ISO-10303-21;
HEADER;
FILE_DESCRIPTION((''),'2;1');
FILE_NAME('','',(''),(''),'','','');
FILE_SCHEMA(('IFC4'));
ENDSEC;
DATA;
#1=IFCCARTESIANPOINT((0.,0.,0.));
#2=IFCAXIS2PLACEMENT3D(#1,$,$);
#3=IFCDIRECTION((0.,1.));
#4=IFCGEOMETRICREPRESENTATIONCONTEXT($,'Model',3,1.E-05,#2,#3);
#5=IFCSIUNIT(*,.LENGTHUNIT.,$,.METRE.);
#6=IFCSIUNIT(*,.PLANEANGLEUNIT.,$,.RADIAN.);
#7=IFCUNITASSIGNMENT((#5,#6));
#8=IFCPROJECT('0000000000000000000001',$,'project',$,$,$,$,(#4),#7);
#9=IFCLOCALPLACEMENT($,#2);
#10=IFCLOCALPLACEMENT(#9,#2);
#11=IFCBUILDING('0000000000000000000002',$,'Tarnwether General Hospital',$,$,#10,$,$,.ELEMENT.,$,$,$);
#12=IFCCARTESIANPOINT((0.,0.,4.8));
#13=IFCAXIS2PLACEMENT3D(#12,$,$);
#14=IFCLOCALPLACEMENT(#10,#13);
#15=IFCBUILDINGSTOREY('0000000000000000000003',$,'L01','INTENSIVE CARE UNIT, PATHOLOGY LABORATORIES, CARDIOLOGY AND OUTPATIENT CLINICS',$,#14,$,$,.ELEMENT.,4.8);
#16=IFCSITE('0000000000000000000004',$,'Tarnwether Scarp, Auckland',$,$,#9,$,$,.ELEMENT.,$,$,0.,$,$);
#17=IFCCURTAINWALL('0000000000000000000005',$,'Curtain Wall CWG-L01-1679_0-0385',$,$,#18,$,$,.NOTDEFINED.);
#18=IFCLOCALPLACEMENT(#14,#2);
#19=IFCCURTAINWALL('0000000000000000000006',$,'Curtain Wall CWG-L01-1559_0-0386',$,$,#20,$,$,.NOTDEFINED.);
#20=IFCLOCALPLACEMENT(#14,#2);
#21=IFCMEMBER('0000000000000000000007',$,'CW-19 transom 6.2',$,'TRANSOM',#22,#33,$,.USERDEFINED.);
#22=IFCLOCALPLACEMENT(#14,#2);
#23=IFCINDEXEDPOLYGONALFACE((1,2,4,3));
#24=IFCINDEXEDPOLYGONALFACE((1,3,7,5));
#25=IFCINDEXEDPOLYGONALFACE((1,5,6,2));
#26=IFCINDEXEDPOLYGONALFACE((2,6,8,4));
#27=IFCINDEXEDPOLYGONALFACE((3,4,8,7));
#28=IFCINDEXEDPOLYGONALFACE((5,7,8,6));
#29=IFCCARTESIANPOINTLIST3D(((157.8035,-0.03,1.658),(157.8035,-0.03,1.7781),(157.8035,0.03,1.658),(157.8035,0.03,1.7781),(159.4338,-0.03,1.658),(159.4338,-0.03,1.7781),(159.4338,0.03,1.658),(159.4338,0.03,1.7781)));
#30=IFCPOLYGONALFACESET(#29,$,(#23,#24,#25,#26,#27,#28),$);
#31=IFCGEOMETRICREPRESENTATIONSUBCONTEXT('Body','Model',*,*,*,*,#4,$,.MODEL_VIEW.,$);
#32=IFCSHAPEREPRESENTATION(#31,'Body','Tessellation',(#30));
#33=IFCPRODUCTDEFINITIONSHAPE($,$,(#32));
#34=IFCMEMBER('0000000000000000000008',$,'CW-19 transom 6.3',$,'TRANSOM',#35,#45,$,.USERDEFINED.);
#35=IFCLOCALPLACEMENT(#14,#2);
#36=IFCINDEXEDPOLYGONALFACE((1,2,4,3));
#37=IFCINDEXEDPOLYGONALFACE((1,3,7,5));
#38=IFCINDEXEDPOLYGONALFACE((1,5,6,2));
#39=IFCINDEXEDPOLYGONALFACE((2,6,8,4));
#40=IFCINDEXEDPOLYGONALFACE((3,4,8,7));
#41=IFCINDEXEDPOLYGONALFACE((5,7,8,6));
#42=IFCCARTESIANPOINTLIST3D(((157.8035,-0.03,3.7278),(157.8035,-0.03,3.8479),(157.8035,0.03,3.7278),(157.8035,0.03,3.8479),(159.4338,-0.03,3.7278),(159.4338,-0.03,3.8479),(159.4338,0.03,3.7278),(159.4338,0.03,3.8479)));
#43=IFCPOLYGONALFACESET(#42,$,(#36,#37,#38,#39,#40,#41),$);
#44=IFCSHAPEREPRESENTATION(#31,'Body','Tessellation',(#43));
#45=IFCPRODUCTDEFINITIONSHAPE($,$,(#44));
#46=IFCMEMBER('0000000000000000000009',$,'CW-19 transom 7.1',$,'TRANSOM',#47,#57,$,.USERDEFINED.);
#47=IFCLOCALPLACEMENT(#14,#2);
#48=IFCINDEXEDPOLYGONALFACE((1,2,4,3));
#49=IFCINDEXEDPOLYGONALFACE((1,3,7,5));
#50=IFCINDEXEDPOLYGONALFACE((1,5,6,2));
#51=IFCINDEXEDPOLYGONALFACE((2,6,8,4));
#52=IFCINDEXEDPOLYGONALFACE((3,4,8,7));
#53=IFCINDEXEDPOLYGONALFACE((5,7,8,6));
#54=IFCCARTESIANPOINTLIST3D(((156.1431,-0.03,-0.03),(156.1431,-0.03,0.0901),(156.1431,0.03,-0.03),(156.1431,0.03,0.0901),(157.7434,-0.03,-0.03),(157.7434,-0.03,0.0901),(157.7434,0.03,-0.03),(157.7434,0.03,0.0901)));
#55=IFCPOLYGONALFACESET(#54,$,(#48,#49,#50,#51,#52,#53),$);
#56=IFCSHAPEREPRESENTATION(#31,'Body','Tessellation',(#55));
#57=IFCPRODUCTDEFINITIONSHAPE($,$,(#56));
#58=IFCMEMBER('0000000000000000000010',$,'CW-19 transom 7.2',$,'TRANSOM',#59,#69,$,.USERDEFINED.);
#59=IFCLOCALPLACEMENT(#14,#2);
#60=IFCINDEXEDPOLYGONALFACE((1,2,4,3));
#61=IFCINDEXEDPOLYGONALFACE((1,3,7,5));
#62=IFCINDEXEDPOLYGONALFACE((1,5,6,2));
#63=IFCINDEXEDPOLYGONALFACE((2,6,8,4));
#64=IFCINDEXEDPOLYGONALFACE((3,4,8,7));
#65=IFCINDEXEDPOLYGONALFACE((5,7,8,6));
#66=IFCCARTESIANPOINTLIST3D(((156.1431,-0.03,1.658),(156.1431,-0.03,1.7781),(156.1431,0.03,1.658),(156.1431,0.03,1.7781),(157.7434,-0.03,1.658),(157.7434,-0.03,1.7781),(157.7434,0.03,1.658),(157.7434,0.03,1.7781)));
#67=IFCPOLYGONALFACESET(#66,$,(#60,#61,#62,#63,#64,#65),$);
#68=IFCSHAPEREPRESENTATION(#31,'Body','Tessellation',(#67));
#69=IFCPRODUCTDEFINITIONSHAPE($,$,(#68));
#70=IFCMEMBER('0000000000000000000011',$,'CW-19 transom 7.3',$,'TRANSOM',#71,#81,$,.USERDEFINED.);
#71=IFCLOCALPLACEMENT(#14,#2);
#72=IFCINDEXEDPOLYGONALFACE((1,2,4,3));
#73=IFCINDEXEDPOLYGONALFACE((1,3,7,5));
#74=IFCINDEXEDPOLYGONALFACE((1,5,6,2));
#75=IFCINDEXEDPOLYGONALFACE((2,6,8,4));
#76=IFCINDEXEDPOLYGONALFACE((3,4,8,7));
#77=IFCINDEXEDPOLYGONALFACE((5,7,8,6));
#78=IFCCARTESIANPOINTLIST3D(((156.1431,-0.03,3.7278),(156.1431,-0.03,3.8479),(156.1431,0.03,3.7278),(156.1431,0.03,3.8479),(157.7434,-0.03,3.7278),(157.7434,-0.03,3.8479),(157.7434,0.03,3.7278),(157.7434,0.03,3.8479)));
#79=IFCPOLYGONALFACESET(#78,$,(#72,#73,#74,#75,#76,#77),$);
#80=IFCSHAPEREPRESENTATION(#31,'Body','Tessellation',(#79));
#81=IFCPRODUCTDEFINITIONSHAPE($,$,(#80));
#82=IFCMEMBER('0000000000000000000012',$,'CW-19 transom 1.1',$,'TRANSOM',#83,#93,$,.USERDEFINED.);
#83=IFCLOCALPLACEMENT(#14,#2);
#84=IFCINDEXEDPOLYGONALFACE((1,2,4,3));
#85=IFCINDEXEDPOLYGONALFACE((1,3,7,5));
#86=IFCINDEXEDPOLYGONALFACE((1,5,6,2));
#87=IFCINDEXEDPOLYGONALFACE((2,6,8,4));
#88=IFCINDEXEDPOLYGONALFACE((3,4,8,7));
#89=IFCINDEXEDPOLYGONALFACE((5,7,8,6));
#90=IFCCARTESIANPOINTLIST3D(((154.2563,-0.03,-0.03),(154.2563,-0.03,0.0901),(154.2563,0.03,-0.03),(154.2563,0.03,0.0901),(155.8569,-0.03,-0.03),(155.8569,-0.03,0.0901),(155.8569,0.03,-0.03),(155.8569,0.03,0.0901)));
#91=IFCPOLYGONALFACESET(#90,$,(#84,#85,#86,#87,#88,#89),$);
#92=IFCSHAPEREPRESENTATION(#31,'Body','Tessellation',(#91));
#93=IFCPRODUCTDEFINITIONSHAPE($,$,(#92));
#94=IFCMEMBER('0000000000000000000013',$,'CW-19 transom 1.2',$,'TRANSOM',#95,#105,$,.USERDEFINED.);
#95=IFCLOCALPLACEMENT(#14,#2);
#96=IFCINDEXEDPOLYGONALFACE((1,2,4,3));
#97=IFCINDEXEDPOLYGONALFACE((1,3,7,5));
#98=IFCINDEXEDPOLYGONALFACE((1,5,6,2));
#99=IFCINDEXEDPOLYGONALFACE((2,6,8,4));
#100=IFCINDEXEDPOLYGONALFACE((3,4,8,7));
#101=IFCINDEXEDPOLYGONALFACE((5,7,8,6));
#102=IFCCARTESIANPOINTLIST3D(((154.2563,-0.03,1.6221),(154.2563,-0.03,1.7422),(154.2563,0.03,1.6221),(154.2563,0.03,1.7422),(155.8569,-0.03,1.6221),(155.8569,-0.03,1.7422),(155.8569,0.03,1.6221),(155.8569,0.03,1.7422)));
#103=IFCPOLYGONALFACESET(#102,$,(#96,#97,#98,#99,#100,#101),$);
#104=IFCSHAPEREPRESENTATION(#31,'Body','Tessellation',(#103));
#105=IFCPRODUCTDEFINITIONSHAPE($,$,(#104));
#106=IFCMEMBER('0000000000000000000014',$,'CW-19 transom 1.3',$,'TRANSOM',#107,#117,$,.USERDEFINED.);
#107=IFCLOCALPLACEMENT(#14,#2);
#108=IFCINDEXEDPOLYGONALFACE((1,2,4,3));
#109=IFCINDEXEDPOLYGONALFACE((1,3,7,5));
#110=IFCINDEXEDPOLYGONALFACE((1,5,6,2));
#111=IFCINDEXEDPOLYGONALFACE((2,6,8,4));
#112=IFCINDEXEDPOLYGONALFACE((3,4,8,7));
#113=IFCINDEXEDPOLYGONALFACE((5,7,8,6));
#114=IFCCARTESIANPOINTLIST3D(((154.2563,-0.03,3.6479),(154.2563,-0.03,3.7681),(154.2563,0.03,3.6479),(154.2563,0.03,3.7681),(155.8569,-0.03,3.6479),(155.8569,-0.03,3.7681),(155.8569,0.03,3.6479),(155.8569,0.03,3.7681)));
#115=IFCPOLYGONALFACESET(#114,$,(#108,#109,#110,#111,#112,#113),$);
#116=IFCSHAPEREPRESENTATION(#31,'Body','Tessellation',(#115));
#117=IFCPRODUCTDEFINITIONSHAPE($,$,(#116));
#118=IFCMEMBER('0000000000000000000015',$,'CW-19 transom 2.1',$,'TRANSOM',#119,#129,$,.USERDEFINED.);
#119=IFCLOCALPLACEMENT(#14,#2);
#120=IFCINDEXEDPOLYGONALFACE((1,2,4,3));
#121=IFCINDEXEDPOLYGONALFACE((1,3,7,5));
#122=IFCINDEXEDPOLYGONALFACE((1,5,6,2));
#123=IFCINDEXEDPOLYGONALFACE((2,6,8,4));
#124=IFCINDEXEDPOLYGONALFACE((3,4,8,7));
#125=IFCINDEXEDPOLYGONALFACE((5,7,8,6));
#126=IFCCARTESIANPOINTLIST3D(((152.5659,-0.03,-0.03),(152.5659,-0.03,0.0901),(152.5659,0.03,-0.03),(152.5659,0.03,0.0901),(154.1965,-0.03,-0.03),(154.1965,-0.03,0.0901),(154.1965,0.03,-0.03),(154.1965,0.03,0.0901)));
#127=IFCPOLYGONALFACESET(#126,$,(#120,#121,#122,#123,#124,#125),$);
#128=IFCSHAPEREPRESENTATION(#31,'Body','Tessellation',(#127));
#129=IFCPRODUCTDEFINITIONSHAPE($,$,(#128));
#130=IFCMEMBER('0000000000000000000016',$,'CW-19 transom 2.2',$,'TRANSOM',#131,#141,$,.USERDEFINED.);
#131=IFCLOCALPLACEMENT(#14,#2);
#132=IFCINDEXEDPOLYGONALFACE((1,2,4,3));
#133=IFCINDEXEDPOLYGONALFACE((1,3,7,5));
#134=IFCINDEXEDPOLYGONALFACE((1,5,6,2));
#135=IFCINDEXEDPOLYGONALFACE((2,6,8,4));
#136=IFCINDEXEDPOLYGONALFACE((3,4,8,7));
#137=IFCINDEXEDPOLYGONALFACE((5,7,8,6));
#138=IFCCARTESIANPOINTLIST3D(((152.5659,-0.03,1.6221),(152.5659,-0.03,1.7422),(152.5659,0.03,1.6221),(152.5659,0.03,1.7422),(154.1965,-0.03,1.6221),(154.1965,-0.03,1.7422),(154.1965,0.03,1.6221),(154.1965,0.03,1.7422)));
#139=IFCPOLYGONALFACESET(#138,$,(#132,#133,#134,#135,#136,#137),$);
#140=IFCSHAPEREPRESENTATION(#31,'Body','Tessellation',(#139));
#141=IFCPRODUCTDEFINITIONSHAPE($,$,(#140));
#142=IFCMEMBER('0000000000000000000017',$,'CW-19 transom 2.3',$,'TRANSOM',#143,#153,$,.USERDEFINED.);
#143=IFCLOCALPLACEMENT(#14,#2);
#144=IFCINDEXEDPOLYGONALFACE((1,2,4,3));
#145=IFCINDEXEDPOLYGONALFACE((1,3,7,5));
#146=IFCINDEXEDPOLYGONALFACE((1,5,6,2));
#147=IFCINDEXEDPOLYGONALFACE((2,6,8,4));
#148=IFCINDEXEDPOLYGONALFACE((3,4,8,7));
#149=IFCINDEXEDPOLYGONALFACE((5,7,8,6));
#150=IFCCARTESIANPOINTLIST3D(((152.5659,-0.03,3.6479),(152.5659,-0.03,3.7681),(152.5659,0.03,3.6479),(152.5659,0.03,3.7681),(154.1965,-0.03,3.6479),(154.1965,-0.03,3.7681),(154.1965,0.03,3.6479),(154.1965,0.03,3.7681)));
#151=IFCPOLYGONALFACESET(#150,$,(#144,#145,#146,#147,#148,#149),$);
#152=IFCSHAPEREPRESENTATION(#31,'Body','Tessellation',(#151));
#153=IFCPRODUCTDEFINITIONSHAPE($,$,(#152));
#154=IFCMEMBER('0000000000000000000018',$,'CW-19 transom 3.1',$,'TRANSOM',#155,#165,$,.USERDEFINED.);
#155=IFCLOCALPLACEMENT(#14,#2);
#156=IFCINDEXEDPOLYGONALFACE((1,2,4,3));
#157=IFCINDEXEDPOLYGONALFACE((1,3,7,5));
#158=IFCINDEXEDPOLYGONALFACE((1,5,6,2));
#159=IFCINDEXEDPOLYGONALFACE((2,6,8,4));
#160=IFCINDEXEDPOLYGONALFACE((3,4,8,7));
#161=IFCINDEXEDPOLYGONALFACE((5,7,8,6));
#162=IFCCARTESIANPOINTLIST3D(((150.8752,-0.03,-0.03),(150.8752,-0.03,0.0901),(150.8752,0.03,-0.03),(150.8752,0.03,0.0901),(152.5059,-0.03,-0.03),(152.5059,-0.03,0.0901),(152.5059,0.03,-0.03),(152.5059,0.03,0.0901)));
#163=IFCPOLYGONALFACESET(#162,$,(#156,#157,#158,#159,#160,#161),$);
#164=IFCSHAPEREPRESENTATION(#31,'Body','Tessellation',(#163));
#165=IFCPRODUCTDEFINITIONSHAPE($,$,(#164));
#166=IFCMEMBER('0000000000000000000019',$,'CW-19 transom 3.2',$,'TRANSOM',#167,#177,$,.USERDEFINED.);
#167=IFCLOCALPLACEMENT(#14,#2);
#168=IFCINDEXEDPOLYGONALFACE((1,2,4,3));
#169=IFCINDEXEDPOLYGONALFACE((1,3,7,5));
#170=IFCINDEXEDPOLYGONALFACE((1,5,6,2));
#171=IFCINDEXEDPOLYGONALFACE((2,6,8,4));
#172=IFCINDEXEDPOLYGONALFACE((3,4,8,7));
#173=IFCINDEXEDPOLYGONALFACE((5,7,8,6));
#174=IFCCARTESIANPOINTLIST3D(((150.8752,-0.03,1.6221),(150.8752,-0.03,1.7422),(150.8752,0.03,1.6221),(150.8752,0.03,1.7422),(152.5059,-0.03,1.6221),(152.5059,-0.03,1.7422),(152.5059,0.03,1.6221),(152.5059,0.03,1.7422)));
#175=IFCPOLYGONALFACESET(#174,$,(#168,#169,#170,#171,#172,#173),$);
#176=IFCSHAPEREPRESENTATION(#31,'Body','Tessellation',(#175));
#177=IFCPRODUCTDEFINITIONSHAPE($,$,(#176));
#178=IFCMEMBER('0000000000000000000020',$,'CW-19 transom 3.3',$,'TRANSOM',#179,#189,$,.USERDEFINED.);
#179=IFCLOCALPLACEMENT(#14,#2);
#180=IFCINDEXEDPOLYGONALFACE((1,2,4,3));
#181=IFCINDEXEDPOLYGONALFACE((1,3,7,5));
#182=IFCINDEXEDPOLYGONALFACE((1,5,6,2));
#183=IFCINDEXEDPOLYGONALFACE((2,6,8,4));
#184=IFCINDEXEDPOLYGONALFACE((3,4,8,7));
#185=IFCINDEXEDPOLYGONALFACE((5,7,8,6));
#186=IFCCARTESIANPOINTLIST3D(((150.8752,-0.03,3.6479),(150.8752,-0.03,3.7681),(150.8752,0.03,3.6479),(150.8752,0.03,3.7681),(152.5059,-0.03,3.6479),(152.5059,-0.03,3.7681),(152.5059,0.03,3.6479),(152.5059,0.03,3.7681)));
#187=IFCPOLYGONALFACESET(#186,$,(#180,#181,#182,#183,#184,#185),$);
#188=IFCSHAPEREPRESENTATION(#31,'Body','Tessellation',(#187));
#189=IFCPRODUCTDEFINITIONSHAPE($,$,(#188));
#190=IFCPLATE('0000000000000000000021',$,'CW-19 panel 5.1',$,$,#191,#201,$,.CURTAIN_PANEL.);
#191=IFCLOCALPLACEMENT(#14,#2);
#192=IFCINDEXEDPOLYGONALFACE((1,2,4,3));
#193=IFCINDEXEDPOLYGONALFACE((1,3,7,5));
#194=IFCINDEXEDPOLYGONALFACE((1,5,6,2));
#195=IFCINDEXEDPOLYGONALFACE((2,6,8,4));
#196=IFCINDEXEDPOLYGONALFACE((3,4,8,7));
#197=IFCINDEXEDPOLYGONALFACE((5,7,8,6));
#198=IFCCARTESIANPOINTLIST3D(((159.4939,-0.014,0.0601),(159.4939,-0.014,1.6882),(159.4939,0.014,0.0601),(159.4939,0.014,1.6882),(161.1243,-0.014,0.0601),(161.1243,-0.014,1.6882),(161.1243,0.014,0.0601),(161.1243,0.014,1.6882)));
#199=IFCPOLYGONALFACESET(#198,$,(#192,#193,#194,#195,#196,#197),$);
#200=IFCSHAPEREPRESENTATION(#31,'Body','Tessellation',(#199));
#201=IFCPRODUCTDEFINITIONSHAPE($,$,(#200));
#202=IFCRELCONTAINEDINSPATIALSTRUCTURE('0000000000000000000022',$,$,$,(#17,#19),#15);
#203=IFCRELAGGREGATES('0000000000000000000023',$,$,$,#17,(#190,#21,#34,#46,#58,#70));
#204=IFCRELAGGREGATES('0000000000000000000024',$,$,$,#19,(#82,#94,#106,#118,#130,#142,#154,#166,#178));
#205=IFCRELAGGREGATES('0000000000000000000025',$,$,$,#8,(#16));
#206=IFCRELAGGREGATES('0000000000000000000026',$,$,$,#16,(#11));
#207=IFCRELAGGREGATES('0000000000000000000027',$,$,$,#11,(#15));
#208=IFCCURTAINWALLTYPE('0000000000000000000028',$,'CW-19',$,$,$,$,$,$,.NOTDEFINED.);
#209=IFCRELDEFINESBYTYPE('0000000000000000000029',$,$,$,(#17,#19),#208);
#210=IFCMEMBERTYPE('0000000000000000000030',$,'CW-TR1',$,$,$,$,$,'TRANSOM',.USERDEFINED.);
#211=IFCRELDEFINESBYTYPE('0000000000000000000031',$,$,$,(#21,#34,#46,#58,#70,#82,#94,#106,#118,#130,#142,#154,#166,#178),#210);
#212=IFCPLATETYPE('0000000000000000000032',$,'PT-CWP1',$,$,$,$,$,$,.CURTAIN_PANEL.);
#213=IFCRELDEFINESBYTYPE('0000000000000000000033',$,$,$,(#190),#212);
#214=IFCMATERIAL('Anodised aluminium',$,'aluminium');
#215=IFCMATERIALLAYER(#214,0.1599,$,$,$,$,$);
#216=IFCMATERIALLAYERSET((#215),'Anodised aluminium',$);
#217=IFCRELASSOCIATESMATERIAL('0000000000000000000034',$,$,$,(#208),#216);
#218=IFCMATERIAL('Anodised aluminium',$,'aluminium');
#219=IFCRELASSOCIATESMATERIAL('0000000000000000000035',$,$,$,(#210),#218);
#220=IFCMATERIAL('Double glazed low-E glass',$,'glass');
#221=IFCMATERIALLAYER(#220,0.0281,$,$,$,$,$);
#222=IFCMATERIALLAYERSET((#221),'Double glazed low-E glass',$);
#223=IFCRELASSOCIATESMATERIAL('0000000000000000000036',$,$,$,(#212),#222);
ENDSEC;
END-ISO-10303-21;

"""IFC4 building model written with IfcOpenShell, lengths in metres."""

from ifc_helpers import new_model, si_unit, direction, frame, origin, origin_2d, place, context, subcontext, project, spatial, rectangle, extrude, material, layer, layer_set, material_profile, profile_set, type_object, element, aggregate, save


model = new_model("IFC4")

# Units and contexts
model_context = context("Model", 3, precision=1e-05, world=origin(), true_north=direction((0.0, 1.0)))
body_context = subcontext(model_context, "Body", "Model", "MODEL_VIEW")
ifc_project = project(units=[si_unit("LENGTHUNIT", "METRE"), si_unit("PLANEANGLEUNIT", "RADIAN")], contexts=[model_context])

# Site, building, storey
site_placement = place(None, origin())
site = spatial("IfcSite", under=ifc_project, at=site_placement, Name="Tarnwether Scarp, Auckland", CompositionType="ELEMENT", RefElevation=0.0)
building_placement = place(site_placement, origin())
building = spatial("IfcBuilding", under=site, at=building_placement, Name="Tarnwether General Hospital", CompositionType="ELEMENT")
storey_placement = place(building_placement, frame((0.0, 0.0, 4.8)))
storey = spatial("IfcBuildingStorey", under=building, at=storey_placement, Name="L01", Description="INTENSIVE CARE UNIT, PATHOLOGY LABORATORIES, CARDIOLOGY AND OUTPATIENT CLINICS", CompositionType="ELEMENT", Elevation=4.8)

# Curtain walls
ifc_material_1 = material(Name="Anodised aluminium", Category="aluminium")
ifc_layer_1 = layer(ifc_material_1, 0.1599)
ifc_layer_set_1 = layer_set([ifc_layer_1], Name="Anodised aluminium")
curtain_wall_type = type_object("IfcCurtainWallType", Name="CW-19", PredefinedType="NOTDEFINED", material=ifc_layer_set_1)
curtain_wall_1_placement = place(storey_placement, origin())
curtain_wall_1 = element("IfcCurtainWall", 1, at=curtain_wall_1_placement, inside=storey, type_object=curtain_wall_type, Name="Curtain Wall CWG-L01-1679_0-0385", PredefinedType="NOTDEFINED")
curtain_wall_2_placement = place(storey_placement, origin())
curtain_wall_2 = element("IfcCurtainWall", 2, at=curtain_wall_2_placement, inside=storey, type_object=curtain_wall_type, Name="Curtain Wall CWG-L01-1559_0-0386", PredefinedType="NOTDEFINED")

# Members
ifc_material_2 = material(Name="Anodised aluminium", Category="aluminium")
ifc_material_profile_1 = material_profile(ifc_material_2, rectangle(XDim=0.0601, YDim=0.1201, at=origin_2d()), Name="ALU-TRN-60x120")
ifc_profile_set_1 = profile_set([ifc_material_profile_1], Name="Anodised aluminium")
member_type_1 = type_object("IfcMemberType", Name="CW-TR1", ElementType="TRANSOM", PredefinedType="USERDEFINED", material=ifc_profile_set_1)
member_1_placement = place(storey_placement, frame((159.4338, 0.0, 1.718), z_axis=(-1.0, 0.0, 0.0), x_axis=(0.0, -1.0, 0.0)))
member_1 = element("IfcMember", 3, at=member_1_placement, type_object=member_type_1, Name="CW-19 transom 6.2", ObjectType="TRANSOM", PredefinedType="USERDEFINED", context=body_context, shape_type="SweptSolid", body=[
    extrude(rectangle(XDim=0.0601, YDim=0.1201, at=origin_2d()), origin(), (0.0, 0.0, 1.0), 1.6304),
])
member_2_placement = place(storey_placement, frame((159.4338, 0.0, 3.7878), z_axis=(-1.0, 0.0, 0.0), x_axis=(0.0, -1.0, 0.0)))
member_2 = element("IfcMember", 4, at=member_2_placement, type_object=member_type_1, Name="CW-19 transom 6.3", ObjectType="TRANSOM", PredefinedType="USERDEFINED", context=body_context, shape_type="SweptSolid", body=[
    extrude(rectangle(XDim=0.0601, YDim=0.1201, at=origin_2d()), origin(), (0.0, 0.0, 1.0), 1.6304),
])
member_3_placement = place(storey_placement, frame((157.7434, 0.0, 0.03), z_axis=(-1.0, 0.0, 0.0), x_axis=(0.0, -1.0, 0.0)))
member_3 = element("IfcMember", 5, at=member_3_placement, type_object=member_type_1, Name="CW-19 transom 7.1", ObjectType="TRANSOM", PredefinedType="USERDEFINED", context=body_context, shape_type="SweptSolid", body=[
    extrude(rectangle(XDim=0.0601, YDim=0.1201, at=origin_2d()), origin(), (0.0, 0.0, 1.0), 1.6003),
])
member_4_placement = place(storey_placement, frame((157.7434, 0.0, 1.718), z_axis=(-1.0, 0.0, 0.0), x_axis=(0.0, -1.0, 0.0)))
member_4 = element("IfcMember", 6, at=member_4_placement, type_object=member_type_1, Name="CW-19 transom 7.2", ObjectType="TRANSOM", PredefinedType="USERDEFINED", context=body_context, shape_type="SweptSolid", body=[
    extrude(rectangle(XDim=0.0601, YDim=0.1201, at=origin_2d()), origin(), (0.0, 0.0, 1.0), 1.6003),
])
member_5_placement = place(storey_placement, frame((157.7434, 0.0, 3.7878), z_axis=(-1.0, 0.0, 0.0), x_axis=(0.0, -1.0, 0.0)))
member_5 = element("IfcMember", 7, at=member_5_placement, type_object=member_type_1, Name="CW-19 transom 7.3", ObjectType="TRANSOM", PredefinedType="USERDEFINED", context=body_context, shape_type="SweptSolid", body=[
    extrude(rectangle(XDim=0.0601, YDim=0.1201, at=origin_2d()), origin(), (0.0, 0.0, 1.0), 1.6003),
])
member_6_placement = place(storey_placement, frame((155.8569, 0.0, 0.03), z_axis=(-1.0, 0.0, 0.0), x_axis=(0.0, -1.0, 0.0)))
member_6 = element("IfcMember", 8, at=member_6_placement, type_object=member_type_1, Name="CW-19 transom 1.1", ObjectType="TRANSOM", PredefinedType="USERDEFINED", context=body_context, shape_type="SweptSolid", body=[
    extrude(rectangle(XDim=0.0601, YDim=0.1201, at=origin_2d()), origin(), (0.0, 0.0, 1.0), 1.6006),
])
member_7_placement = place(storey_placement, frame((155.8569, 0.0, 1.6821), z_axis=(-1.0, 0.0, 0.0), x_axis=(0.0, -1.0, 0.0)))
member_7 = element("IfcMember", 9, at=member_7_placement, type_object=member_type_1, Name="CW-19 transom 1.2", ObjectType="TRANSOM", PredefinedType="USERDEFINED", context=body_context, shape_type="SweptSolid", body=[
    extrude(rectangle(XDim=0.0601, YDim=0.1201, at=origin_2d()), origin(), (0.0, 0.0, 1.0), 1.6006),
])
member_8_placement = place(storey_placement, frame((155.8569, 0.0, 3.708), z_axis=(-1.0, 0.0, 0.0), x_axis=(0.0, -1.0, 0.0)))
member_8 = element("IfcMember", 10, at=member_8_placement, type_object=member_type_1, Name="CW-19 transom 1.3", ObjectType="TRANSOM", PredefinedType="USERDEFINED", context=body_context, shape_type="SweptSolid", body=[
    extrude(rectangle(XDim=0.0601, YDim=0.1201, at=origin_2d()), origin(), (0.0, 0.0, 1.0), 1.6006),
])
member_9_placement = place(storey_placement, frame((154.1965, 0.0, 0.03), z_axis=(-1.0, 0.0, 0.0), x_axis=(0.0, -1.0, 0.0)))
member_9 = element("IfcMember", 11, at=member_9_placement, type_object=member_type_1, Name="CW-19 transom 2.1", ObjectType="TRANSOM", PredefinedType="USERDEFINED", context=body_context, shape_type="SweptSolid", body=[
    extrude(rectangle(XDim=0.0601, YDim=0.1201, at=origin_2d()), origin(), (0.0, 0.0, 1.0), 1.6306),
])
member_10_placement = place(storey_placement, frame((154.1965, 0.0, 1.6821), z_axis=(-1.0, 0.0, 0.0), x_axis=(0.0, -1.0, 0.0)))
member_10 = element("IfcMember", 12, at=member_10_placement, type_object=member_type_1, Name="CW-19 transom 2.2", ObjectType="TRANSOM", PredefinedType="USERDEFINED", context=body_context, shape_type="SweptSolid", body=[
    extrude(rectangle(XDim=0.0601, YDim=0.1201, at=origin_2d()), origin(), (0.0, 0.0, 1.0), 1.6306),
])
member_11_placement = place(storey_placement, frame((154.1965, 0.0, 3.708), z_axis=(-1.0, 0.0, 0.0), x_axis=(0.0, -1.0, 0.0)))
member_11 = element("IfcMember", 13, at=member_11_placement, type_object=member_type_1, Name="CW-19 transom 2.3", ObjectType="TRANSOM", PredefinedType="USERDEFINED", context=body_context, shape_type="SweptSolid", body=[
    extrude(rectangle(XDim=0.0601, YDim=0.1201, at=origin_2d()), origin(), (0.0, 0.0, 1.0), 1.6306),
])
member_12_placement = place(storey_placement, frame((152.5059, 0.0, 0.03), z_axis=(-1.0, 0.0, 0.0), x_axis=(0.0, -1.0, 0.0)))
member_12 = element("IfcMember", 14, at=member_12_placement, type_object=member_type_1, Name="CW-19 transom 3.1", ObjectType="TRANSOM", PredefinedType="USERDEFINED", context=body_context, shape_type="SweptSolid", body=[
    extrude(rectangle(XDim=0.0601, YDim=0.1201, at=origin_2d()), origin(), (0.0, 0.0, 1.0), 1.6306),
])
member_13_placement = place(storey_placement, frame((152.5059, 0.0, 1.6821), z_axis=(-1.0, 0.0, 0.0), x_axis=(0.0, -1.0, 0.0)))
member_13 = element("IfcMember", 15, at=member_13_placement, type_object=member_type_1, Name="CW-19 transom 3.2", ObjectType="TRANSOM", PredefinedType="USERDEFINED", context=body_context, shape_type="SweptSolid", body=[
    extrude(rectangle(XDim=0.0601, YDim=0.1201, at=origin_2d()), origin(), (0.0, 0.0, 1.0), 1.6306),
])
member_14_placement = place(storey_placement, frame((152.5059, 0.0, 3.708), z_axis=(-1.0, 0.0, 0.0), x_axis=(0.0, -1.0, 0.0)))
member_14 = element("IfcMember", 16, at=member_14_placement, type_object=member_type_1, Name="CW-19 transom 3.3", ObjectType="TRANSOM", PredefinedType="USERDEFINED", context=body_context, shape_type="SweptSolid", body=[
    extrude(rectangle(XDim=0.0601, YDim=0.1201, at=origin_2d()), origin(), (0.0, 0.0, 1.0), 1.6306),
])

# Plate
ifc_material_3 = material(Name="Double glazed low-E glass", Category="glass")
ifc_layer_2 = layer(ifc_material_3, 0.0281)
ifc_layer_set_2 = layer_set([ifc_layer_2], Name="Double glazed low-E glass")
plate_type_1 = type_object("IfcPlateType", Name="PT-CWP1", PredefinedType="CURTAIN_PANEL", material=ifc_layer_set_2)
plate_1_placement = place(storey_placement, frame((160.3091, 0.0, 0.0601), z_axis=(0.0, 0.0, 1.0), x_axis=(-1.0, 0.0, 0.0)))
plate_1 = element("IfcPlate", 17, at=plate_1_placement, type_object=plate_type_1, Name="CW-19 panel 5.1", PredefinedType="CURTAIN_PANEL", context=body_context, shape_type="SweptSolid", body=[
    extrude(rectangle(XDim=1.6304, YDim=0.0281, at=origin_2d()), origin(), (0.0, 0.0, 1.0), 1.6282),
])
aggregate(curtain_wall_1, [plate_1, member_1, member_2, member_3, member_4, member_5])
aggregate(curtain_wall_2, [member_6, member_7, member_8, member_9, member_10, member_11, member_12, member_13, member_14])

save(model, "model.ifc")
